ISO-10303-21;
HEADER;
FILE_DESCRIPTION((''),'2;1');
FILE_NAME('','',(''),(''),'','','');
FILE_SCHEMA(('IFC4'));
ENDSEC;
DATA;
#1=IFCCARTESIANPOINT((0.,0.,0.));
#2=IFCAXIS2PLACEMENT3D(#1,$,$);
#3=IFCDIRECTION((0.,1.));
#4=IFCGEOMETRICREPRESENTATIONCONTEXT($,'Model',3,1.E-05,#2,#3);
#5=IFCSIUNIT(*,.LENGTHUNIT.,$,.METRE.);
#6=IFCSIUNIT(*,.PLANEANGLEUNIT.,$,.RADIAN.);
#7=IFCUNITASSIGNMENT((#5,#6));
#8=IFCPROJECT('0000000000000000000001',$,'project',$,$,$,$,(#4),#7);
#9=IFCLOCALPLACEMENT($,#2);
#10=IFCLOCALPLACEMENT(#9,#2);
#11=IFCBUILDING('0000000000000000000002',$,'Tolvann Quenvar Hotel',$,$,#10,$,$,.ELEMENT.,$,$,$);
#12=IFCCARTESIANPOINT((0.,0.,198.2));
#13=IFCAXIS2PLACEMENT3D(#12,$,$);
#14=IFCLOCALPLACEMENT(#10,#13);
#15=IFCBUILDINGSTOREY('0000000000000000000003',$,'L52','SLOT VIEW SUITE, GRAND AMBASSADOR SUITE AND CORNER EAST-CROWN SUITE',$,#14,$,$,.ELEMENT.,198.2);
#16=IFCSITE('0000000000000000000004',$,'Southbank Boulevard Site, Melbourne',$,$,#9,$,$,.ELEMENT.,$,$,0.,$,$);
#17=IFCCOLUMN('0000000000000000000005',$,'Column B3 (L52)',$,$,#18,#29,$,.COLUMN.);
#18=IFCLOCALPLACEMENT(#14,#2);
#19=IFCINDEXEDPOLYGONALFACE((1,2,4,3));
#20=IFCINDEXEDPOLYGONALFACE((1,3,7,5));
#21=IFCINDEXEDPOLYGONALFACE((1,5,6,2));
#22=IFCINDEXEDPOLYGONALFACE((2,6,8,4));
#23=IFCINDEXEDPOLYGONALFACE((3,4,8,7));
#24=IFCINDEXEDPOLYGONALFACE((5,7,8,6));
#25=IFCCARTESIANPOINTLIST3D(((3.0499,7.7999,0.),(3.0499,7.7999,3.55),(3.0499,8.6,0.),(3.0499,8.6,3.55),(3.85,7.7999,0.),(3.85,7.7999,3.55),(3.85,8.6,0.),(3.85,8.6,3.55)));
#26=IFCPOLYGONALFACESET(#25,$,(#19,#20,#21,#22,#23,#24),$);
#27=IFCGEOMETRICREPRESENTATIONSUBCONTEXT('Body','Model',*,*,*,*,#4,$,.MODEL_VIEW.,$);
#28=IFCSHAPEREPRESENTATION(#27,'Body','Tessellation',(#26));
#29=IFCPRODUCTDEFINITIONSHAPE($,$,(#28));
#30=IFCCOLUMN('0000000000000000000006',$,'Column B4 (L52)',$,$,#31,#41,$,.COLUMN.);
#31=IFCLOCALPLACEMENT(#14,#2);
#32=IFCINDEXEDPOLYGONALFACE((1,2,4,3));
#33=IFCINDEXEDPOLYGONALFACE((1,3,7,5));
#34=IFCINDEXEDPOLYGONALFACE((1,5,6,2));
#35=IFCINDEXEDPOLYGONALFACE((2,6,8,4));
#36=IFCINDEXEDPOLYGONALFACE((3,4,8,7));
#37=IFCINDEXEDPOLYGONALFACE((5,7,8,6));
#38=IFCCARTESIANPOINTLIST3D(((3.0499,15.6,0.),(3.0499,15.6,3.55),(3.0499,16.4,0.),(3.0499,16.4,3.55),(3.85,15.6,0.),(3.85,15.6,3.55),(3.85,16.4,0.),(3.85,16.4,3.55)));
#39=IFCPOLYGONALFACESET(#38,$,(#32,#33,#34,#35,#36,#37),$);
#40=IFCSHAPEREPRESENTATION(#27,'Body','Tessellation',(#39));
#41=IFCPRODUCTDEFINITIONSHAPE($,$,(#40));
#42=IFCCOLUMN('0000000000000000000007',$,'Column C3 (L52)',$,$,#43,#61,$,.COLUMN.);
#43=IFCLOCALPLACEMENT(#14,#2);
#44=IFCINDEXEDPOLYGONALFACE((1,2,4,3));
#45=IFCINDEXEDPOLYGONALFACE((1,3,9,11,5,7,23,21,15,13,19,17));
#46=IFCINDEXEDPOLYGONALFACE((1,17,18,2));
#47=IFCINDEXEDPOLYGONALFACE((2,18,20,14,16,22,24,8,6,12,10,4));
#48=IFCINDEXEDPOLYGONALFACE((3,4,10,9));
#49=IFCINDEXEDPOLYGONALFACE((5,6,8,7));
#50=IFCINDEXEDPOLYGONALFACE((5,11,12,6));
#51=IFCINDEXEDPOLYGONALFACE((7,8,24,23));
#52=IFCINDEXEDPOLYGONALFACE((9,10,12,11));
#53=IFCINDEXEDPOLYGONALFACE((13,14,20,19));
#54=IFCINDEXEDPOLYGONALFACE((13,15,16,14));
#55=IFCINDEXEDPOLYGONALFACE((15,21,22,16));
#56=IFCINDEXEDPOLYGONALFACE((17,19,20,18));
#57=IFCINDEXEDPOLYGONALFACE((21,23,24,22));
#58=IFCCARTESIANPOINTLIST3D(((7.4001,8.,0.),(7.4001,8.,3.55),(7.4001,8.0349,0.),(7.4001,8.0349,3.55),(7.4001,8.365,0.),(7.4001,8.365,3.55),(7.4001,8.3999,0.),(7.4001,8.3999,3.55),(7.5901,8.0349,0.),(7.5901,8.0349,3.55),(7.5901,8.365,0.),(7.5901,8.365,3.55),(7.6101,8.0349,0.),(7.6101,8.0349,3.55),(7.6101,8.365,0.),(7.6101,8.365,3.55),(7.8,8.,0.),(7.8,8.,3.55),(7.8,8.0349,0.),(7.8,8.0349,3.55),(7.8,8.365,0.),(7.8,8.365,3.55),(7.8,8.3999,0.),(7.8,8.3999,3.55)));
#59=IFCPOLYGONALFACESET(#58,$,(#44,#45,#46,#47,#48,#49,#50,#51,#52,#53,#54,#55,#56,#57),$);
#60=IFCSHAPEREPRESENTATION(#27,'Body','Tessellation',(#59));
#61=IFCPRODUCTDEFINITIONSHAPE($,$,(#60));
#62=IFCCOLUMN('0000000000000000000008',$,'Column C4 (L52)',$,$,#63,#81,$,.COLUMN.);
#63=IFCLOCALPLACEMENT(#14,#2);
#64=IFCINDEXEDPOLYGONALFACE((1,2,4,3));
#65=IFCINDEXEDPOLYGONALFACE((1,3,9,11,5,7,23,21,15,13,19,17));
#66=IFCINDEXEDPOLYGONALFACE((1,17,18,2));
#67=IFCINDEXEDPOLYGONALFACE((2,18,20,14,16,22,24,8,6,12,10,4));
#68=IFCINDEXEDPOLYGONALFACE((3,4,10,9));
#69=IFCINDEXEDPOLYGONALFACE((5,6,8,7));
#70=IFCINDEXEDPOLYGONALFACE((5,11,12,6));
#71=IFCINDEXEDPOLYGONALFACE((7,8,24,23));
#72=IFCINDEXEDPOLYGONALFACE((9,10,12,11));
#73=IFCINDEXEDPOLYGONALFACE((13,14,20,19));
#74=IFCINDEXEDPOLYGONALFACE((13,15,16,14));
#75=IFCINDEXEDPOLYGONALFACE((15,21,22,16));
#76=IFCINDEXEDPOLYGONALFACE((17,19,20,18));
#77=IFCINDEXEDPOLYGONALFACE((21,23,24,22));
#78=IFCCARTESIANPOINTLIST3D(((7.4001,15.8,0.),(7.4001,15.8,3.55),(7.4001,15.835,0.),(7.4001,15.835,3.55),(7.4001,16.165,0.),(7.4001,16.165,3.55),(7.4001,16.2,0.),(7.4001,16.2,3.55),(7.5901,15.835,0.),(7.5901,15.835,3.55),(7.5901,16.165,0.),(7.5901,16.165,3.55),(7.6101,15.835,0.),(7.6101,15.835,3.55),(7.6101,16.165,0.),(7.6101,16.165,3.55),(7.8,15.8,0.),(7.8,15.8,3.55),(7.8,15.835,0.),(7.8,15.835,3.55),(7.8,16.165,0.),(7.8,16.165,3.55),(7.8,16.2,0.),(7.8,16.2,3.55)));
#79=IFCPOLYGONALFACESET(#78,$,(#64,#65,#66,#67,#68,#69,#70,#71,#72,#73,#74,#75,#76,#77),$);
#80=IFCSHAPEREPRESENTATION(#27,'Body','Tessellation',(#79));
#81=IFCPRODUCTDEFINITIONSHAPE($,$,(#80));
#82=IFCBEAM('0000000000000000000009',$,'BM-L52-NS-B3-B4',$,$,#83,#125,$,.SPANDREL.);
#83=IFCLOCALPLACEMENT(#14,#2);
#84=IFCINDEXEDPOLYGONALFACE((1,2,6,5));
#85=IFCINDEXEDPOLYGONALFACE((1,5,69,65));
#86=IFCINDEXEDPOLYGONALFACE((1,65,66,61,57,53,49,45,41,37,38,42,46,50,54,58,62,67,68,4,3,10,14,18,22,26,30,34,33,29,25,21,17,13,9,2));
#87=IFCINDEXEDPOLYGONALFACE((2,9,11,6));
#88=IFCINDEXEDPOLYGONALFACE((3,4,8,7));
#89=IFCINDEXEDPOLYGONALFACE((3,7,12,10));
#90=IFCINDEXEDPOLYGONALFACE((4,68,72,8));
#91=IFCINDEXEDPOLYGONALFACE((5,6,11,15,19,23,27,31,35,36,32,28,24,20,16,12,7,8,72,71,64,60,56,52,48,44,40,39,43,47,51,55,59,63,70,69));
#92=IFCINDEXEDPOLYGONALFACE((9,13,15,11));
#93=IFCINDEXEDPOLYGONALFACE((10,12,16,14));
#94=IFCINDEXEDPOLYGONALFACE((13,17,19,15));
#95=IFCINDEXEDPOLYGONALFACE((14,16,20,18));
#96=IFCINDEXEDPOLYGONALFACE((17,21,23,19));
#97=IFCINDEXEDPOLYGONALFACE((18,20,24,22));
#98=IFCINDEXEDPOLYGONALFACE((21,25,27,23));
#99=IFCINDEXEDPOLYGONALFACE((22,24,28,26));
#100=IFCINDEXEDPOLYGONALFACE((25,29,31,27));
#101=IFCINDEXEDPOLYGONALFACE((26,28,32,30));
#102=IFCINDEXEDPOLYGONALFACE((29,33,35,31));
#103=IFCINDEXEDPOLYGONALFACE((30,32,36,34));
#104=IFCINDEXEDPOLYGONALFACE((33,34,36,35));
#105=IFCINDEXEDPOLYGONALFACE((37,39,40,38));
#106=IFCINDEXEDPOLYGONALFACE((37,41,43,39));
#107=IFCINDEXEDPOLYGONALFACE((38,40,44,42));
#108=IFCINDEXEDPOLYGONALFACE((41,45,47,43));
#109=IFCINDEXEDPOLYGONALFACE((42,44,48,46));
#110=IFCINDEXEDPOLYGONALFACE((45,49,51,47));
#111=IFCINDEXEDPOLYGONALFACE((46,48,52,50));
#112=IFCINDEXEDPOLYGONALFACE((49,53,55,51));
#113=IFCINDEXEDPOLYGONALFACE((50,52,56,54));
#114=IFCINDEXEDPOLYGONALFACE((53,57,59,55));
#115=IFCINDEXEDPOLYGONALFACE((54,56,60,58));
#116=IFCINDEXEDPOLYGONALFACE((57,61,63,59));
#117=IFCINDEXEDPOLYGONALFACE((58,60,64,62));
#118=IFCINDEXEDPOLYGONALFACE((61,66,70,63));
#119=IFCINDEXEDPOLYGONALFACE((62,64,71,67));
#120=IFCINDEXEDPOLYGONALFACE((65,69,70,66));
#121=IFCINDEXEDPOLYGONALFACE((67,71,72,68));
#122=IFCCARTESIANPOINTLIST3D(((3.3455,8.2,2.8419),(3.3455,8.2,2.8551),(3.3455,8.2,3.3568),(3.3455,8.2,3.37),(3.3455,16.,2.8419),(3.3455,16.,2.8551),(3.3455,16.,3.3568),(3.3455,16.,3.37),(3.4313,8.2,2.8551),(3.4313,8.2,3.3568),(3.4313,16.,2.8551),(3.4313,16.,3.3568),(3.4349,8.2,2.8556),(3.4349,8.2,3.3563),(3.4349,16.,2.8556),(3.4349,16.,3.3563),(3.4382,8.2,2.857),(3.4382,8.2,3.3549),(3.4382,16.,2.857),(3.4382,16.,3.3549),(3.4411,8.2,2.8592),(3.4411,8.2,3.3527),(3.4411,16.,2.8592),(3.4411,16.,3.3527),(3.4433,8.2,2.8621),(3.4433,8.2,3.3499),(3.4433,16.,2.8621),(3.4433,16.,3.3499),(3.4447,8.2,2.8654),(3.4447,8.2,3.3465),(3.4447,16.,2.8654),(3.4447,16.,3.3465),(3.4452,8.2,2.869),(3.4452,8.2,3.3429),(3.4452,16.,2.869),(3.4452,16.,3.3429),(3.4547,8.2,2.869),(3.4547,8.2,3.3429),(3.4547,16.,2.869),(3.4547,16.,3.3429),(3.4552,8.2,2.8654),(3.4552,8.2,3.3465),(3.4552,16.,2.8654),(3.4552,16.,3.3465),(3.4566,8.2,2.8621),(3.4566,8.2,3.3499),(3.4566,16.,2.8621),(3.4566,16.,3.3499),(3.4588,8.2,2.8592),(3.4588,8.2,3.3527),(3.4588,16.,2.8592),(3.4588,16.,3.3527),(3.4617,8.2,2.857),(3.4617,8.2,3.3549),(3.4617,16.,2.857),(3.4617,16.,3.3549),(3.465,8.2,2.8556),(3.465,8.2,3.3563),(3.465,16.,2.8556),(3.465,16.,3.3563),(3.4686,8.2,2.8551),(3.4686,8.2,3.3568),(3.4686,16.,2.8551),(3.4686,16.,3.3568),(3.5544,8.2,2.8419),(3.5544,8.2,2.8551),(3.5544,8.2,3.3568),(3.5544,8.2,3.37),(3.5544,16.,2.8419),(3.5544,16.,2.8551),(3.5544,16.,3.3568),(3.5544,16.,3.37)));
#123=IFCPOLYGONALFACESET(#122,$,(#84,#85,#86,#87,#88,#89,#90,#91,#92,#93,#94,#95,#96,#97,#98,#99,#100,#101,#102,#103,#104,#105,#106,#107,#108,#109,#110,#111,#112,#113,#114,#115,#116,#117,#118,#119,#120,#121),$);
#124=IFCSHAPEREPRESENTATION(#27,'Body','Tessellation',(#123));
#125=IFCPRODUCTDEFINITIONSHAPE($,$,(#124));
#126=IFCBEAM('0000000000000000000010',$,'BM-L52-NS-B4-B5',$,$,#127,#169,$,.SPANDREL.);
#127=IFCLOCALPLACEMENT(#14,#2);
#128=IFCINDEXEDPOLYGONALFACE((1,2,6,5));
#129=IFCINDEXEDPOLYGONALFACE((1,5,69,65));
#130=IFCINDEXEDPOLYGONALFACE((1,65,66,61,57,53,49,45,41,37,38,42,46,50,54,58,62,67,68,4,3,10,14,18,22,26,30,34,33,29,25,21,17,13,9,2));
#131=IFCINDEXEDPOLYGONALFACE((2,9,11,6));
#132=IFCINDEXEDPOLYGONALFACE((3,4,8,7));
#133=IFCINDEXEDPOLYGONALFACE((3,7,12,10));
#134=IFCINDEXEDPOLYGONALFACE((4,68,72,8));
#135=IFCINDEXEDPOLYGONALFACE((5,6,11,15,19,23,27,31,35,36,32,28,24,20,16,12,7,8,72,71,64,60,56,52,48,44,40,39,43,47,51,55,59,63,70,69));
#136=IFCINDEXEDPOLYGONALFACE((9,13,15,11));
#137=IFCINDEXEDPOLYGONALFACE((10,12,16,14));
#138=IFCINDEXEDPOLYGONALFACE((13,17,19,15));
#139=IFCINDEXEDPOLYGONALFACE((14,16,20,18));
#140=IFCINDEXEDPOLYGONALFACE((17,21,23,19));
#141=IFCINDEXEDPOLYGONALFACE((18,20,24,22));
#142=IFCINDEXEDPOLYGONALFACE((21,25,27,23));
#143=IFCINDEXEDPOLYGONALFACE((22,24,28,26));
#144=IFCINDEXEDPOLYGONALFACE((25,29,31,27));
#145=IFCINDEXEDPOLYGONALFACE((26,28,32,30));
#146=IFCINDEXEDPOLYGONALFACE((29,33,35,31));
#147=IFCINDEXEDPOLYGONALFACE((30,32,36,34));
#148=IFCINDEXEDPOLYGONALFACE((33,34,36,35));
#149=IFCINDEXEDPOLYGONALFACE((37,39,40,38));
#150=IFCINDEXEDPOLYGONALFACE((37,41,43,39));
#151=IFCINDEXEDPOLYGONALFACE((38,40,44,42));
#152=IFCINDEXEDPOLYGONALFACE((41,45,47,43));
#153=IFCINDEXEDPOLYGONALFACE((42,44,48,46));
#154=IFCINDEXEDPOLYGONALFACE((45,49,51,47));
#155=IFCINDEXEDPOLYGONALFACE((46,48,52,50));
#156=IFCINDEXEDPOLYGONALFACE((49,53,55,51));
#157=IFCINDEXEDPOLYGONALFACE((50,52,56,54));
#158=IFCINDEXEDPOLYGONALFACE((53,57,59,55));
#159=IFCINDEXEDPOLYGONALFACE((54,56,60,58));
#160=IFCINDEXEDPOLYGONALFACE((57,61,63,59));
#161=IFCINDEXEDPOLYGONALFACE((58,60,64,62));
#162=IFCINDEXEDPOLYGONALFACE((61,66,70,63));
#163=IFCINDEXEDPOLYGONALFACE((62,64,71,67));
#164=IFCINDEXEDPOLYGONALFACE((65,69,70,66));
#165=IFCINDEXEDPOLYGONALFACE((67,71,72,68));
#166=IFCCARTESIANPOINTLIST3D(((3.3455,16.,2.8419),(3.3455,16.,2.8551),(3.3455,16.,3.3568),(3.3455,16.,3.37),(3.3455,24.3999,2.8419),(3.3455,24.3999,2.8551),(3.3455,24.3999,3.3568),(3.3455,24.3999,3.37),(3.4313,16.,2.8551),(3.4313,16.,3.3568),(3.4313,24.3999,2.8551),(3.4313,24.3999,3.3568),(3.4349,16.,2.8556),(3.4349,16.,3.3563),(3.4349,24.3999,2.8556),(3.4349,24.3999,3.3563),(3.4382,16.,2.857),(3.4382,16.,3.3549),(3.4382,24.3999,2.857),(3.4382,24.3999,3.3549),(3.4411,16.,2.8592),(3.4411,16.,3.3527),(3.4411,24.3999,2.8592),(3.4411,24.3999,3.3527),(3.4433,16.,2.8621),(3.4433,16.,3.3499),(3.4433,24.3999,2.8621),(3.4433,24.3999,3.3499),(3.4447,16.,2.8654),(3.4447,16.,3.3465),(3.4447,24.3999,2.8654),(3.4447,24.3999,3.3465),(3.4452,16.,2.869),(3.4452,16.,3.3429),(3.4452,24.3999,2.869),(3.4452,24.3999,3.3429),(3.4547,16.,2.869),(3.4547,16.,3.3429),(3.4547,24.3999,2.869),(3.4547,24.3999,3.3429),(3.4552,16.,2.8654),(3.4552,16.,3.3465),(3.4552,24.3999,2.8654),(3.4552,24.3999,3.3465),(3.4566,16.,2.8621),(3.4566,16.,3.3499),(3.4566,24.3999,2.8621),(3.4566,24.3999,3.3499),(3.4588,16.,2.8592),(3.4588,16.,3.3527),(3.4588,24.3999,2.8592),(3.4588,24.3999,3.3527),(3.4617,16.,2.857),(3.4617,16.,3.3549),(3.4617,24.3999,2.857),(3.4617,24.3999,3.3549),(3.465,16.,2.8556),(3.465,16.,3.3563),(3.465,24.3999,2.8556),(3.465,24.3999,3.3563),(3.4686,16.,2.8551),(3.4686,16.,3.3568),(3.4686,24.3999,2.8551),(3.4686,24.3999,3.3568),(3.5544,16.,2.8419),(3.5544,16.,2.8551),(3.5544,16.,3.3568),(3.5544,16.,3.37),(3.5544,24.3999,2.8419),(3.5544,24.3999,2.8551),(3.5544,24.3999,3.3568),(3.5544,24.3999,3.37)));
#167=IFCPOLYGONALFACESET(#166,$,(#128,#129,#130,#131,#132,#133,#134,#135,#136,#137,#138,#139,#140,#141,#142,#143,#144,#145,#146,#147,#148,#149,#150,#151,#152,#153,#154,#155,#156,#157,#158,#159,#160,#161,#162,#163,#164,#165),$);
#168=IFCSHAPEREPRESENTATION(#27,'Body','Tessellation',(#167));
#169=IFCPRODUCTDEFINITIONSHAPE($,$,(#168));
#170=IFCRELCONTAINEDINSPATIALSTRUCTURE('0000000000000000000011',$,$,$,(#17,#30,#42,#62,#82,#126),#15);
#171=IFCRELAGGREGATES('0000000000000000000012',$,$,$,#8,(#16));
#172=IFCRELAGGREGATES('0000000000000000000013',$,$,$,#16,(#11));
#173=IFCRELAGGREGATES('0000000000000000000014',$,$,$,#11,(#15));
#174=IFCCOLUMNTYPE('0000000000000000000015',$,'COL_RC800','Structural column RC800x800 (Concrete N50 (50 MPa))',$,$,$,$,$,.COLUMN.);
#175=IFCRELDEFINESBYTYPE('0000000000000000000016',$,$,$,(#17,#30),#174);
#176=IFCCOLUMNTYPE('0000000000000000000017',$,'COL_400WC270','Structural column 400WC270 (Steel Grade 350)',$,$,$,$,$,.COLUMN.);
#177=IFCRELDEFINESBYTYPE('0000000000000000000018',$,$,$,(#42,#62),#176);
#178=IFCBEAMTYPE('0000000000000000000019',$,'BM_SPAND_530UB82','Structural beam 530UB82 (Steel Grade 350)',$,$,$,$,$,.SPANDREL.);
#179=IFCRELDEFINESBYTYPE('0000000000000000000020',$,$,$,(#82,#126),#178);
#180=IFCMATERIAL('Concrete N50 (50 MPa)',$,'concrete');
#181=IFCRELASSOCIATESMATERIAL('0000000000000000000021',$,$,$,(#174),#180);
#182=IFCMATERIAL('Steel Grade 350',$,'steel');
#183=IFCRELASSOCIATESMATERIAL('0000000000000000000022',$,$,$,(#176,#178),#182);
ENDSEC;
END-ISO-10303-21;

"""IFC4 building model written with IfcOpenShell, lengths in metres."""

from ifc_helpers import new_model, si_unit, direction, frame, origin, origin_2d, place, context, subcontext, project, spatial, rectangle, i_section, extrude, source, transform, mapped, material, material_profile, profile_set, type_object, type_shapes, element, save


model = new_model("IFC4")

# Units and contexts
model_context = context("Model", 3, precision=1e-05, world=origin(), true_north=direction((0.0, 1.0)))
body_context = subcontext(model_context, "Body", "Model", "MODEL_VIEW")
ifc_project = project(units=[si_unit("LENGTHUNIT", "METRE"), si_unit("PLANEANGLEUNIT", "RADIAN")], contexts=[model_context])

# Site, building, storey
site_placement = place(None, origin())
site = spatial("IfcSite", under=ifc_project, at=site_placement, Name="Southbank Boulevard Site, Melbourne", CompositionType="ELEMENT", RefElevation=0.0)
building_placement = place(site_placement, origin())
building = spatial("IfcBuilding", under=site, at=building_placement, Name="Tolvann Quenvar Hotel", CompositionType="ELEMENT")
storey_placement = place(building_placement, frame((0.0, 0.0, 198.2)))
storey = spatial("IfcBuildingStorey", under=building, at=storey_placement, Name="L52", Description="SLOT VIEW SUITE, GRAND AMBASSADOR SUITE AND CORNER EAST-CROWN SUITE", CompositionType="ELEMENT", Elevation=198.2)

# Columns
ifc_material_1 = material(Name="Concrete N50 (50 MPa)", Category="concrete")
ifc_material_profile_1 = material_profile(ifc_material_1, rectangle(XDim=0.8, YDim=0.8, at=origin_2d()), Name="RC800x800")
ifc_profile_set_1 = profile_set([ifc_material_profile_1], Name="Concrete N50 (50 MPa)")
column_type_1 = type_object("IfcColumnType", Name="COL_RC800", Description="Structural column RC800x800 (Concrete N50 (50 MPa))", PredefinedType="COLUMN", material=ifc_profile_set_1)
shared_shape_1 = source(origin(), body_context, "Body", "SweptSolid", [
    extrude(rectangle(XDim=0.8, YDim=0.8, at=origin_2d()), origin(), (0.0, 0.0, 1.0), 3.55),
])
type_shapes(column_type_1, [shared_shape_1])
for number, where, z_axis, x_axis, name in (
    (1, (3.45, 8.2, 0.0), (0.0, 0.0, 1.0), (1.0, 0.0, 0.0), "Column B3 (L52)"),
    (2, (3.45, 16.0, 0.0), (0.0, 0.0, 1.0), (1.0, 0.0, 0.0), "Column B4 (L52)"),
):
    element("IfcColumn", number, at=place(storey_placement, frame(where, z_axis=z_axis, x_axis=x_axis)), inside=storey, type_object=column_type_1, Name=name, PredefinedType="COLUMN", context=body_context, shape_type="MappedRepresentation", body=[
        mapped(shared_shape_1, transform((0.0, 0.0, 0.0), x_axis=(1.0, 0.0, 0.0), y_axis=(0.0, 1.0, 0.0), z_axis=(0.0, 0.0, 1.0), scale=1.0)),
    ])
ifc_material_2 = material(Name="Steel Grade 350", Category="steel")
ifc_material_profile_2 = material_profile(ifc_material_2, i_section(OverallWidth=0.3999, OverallDepth=0.3999, WebThickness=0.02, FlangeThickness=0.0349, at=origin_2d()), Name="400WC270")
ifc_profile_set_2 = profile_set([ifc_material_profile_2], Name="Steel Grade 350")
column_type_2 = type_object("IfcColumnType", Name="COL_400WC270", Description="Structural column 400WC270 (Steel Grade 350)", PredefinedType="COLUMN", material=ifc_profile_set_2)
shared_shape_2 = source(origin(), body_context, "Body", "SweptSolid", [
    extrude(i_section(OverallWidth=0.3999, OverallDepth=0.3999, WebThickness=0.02, FlangeThickness=0.0349, at=origin_2d()), origin(), (0.0, 0.0, 1.0), 3.55),
])
type_shapes(column_type_2, [shared_shape_2])
for number, where, z_axis, x_axis, name in (
    (3, (7.6001, 8.2, 0.0), (0.0, 0.0, 1.0), (1.0, 0.0, 0.0), "Column C3 (L52)"),
    (4, (7.6001, 16.0, 0.0), (0.0, 0.0, 1.0), (1.0, 0.0, 0.0), "Column C4 (L52)"),
):
    element("IfcColumn", number, at=place(storey_placement, frame(where, z_axis=z_axis, x_axis=x_axis)), inside=storey, type_object=column_type_2, Name=name, PredefinedType="COLUMN", context=body_context, shape_type="MappedRepresentation", body=[
        mapped(shared_shape_2, transform((0.0, 0.0, 0.0), x_axis=(1.0, 0.0, 0.0), y_axis=(0.0, 1.0, 0.0), z_axis=(0.0, 0.0, 1.0), scale=1.0)),
    ])

# Beams
ifc_material_profile_3 = material_profile(ifc_material_2, i_section(OverallWidth=0.209, OverallDepth=0.5281, WebThickness=0.0095, FlangeThickness=0.0132, FilletRadius=0.0139, at=origin_2d()), Name="530UB82")
ifc_profile_set_3 = profile_set([ifc_material_profile_3], Name="Steel Grade 350")
beam_type_1 = type_object("IfcBeamType", Name="BM_SPAND_530UB82", Description="Structural beam 530UB82 (Steel Grade 350)", PredefinedType="SPANDREL", material=ifc_profile_set_3)
shared_shape_3 = source(origin(), body_context, "Body", "SweptSolid", [
    extrude(i_section(OverallWidth=0.209, OverallDepth=0.5281, WebThickness=0.0095, FlangeThickness=0.0132, FilletRadius=0.0139, at=origin_2d()), origin(), (0.0, 0.0, 1.0), 7.8),
])
beam_1_placement = place(storey_placement, frame((3.45, 8.2, 3.106), z_axis=(0.0, 1.0, 0.0), x_axis=(-1.0, 0.0, 0.0)))
element("IfcBeam", 5, at=beam_1_placement, inside=storey, type_object=beam_type_1, Name="BM-L52-NS-B3-B4", PredefinedType="SPANDREL", context=body_context, shape_type="MappedRepresentation", body=[
    mapped(shared_shape_3, transform((0.0, 0.0, 0.0), x_axis=(1.0, 0.0, 0.0), y_axis=(0.0, 1.0, 0.0), z_axis=(0.0, 0.0, 1.0), scale=1.0)),
])
shared_shape_4 = source(origin(), body_context, "Body", "SweptSolid", [
    extrude(i_section(OverallWidth=0.209, OverallDepth=0.5281, WebThickness=0.0095, FlangeThickness=0.0132, FilletRadius=0.0139, at=origin_2d()), origin(), (0.0, 0.0, 1.0), 8.3999),
])
type_shapes(beam_type_1, [shared_shape_3, shared_shape_4])
beam_2_placement = place(storey_placement, frame((3.45, 16.0, 3.106), z_axis=(0.0, 1.0, 0.0), x_axis=(-1.0, 0.0, 0.0)))
element("IfcBeam", 6, at=beam_2_placement, inside=storey, type_object=beam_type_1, Name="BM-L52-NS-B4-B5", PredefinedType="SPANDREL", context=body_context, shape_type="MappedRepresentation", body=[
    mapped(shared_shape_4, transform((0.0, 0.0, 0.0), x_axis=(1.0, 0.0, 0.0), y_axis=(0.0, 1.0, 0.0), z_axis=(0.0, 0.0, 1.0), scale=1.0)),
])

save(model, "model.ifc")
